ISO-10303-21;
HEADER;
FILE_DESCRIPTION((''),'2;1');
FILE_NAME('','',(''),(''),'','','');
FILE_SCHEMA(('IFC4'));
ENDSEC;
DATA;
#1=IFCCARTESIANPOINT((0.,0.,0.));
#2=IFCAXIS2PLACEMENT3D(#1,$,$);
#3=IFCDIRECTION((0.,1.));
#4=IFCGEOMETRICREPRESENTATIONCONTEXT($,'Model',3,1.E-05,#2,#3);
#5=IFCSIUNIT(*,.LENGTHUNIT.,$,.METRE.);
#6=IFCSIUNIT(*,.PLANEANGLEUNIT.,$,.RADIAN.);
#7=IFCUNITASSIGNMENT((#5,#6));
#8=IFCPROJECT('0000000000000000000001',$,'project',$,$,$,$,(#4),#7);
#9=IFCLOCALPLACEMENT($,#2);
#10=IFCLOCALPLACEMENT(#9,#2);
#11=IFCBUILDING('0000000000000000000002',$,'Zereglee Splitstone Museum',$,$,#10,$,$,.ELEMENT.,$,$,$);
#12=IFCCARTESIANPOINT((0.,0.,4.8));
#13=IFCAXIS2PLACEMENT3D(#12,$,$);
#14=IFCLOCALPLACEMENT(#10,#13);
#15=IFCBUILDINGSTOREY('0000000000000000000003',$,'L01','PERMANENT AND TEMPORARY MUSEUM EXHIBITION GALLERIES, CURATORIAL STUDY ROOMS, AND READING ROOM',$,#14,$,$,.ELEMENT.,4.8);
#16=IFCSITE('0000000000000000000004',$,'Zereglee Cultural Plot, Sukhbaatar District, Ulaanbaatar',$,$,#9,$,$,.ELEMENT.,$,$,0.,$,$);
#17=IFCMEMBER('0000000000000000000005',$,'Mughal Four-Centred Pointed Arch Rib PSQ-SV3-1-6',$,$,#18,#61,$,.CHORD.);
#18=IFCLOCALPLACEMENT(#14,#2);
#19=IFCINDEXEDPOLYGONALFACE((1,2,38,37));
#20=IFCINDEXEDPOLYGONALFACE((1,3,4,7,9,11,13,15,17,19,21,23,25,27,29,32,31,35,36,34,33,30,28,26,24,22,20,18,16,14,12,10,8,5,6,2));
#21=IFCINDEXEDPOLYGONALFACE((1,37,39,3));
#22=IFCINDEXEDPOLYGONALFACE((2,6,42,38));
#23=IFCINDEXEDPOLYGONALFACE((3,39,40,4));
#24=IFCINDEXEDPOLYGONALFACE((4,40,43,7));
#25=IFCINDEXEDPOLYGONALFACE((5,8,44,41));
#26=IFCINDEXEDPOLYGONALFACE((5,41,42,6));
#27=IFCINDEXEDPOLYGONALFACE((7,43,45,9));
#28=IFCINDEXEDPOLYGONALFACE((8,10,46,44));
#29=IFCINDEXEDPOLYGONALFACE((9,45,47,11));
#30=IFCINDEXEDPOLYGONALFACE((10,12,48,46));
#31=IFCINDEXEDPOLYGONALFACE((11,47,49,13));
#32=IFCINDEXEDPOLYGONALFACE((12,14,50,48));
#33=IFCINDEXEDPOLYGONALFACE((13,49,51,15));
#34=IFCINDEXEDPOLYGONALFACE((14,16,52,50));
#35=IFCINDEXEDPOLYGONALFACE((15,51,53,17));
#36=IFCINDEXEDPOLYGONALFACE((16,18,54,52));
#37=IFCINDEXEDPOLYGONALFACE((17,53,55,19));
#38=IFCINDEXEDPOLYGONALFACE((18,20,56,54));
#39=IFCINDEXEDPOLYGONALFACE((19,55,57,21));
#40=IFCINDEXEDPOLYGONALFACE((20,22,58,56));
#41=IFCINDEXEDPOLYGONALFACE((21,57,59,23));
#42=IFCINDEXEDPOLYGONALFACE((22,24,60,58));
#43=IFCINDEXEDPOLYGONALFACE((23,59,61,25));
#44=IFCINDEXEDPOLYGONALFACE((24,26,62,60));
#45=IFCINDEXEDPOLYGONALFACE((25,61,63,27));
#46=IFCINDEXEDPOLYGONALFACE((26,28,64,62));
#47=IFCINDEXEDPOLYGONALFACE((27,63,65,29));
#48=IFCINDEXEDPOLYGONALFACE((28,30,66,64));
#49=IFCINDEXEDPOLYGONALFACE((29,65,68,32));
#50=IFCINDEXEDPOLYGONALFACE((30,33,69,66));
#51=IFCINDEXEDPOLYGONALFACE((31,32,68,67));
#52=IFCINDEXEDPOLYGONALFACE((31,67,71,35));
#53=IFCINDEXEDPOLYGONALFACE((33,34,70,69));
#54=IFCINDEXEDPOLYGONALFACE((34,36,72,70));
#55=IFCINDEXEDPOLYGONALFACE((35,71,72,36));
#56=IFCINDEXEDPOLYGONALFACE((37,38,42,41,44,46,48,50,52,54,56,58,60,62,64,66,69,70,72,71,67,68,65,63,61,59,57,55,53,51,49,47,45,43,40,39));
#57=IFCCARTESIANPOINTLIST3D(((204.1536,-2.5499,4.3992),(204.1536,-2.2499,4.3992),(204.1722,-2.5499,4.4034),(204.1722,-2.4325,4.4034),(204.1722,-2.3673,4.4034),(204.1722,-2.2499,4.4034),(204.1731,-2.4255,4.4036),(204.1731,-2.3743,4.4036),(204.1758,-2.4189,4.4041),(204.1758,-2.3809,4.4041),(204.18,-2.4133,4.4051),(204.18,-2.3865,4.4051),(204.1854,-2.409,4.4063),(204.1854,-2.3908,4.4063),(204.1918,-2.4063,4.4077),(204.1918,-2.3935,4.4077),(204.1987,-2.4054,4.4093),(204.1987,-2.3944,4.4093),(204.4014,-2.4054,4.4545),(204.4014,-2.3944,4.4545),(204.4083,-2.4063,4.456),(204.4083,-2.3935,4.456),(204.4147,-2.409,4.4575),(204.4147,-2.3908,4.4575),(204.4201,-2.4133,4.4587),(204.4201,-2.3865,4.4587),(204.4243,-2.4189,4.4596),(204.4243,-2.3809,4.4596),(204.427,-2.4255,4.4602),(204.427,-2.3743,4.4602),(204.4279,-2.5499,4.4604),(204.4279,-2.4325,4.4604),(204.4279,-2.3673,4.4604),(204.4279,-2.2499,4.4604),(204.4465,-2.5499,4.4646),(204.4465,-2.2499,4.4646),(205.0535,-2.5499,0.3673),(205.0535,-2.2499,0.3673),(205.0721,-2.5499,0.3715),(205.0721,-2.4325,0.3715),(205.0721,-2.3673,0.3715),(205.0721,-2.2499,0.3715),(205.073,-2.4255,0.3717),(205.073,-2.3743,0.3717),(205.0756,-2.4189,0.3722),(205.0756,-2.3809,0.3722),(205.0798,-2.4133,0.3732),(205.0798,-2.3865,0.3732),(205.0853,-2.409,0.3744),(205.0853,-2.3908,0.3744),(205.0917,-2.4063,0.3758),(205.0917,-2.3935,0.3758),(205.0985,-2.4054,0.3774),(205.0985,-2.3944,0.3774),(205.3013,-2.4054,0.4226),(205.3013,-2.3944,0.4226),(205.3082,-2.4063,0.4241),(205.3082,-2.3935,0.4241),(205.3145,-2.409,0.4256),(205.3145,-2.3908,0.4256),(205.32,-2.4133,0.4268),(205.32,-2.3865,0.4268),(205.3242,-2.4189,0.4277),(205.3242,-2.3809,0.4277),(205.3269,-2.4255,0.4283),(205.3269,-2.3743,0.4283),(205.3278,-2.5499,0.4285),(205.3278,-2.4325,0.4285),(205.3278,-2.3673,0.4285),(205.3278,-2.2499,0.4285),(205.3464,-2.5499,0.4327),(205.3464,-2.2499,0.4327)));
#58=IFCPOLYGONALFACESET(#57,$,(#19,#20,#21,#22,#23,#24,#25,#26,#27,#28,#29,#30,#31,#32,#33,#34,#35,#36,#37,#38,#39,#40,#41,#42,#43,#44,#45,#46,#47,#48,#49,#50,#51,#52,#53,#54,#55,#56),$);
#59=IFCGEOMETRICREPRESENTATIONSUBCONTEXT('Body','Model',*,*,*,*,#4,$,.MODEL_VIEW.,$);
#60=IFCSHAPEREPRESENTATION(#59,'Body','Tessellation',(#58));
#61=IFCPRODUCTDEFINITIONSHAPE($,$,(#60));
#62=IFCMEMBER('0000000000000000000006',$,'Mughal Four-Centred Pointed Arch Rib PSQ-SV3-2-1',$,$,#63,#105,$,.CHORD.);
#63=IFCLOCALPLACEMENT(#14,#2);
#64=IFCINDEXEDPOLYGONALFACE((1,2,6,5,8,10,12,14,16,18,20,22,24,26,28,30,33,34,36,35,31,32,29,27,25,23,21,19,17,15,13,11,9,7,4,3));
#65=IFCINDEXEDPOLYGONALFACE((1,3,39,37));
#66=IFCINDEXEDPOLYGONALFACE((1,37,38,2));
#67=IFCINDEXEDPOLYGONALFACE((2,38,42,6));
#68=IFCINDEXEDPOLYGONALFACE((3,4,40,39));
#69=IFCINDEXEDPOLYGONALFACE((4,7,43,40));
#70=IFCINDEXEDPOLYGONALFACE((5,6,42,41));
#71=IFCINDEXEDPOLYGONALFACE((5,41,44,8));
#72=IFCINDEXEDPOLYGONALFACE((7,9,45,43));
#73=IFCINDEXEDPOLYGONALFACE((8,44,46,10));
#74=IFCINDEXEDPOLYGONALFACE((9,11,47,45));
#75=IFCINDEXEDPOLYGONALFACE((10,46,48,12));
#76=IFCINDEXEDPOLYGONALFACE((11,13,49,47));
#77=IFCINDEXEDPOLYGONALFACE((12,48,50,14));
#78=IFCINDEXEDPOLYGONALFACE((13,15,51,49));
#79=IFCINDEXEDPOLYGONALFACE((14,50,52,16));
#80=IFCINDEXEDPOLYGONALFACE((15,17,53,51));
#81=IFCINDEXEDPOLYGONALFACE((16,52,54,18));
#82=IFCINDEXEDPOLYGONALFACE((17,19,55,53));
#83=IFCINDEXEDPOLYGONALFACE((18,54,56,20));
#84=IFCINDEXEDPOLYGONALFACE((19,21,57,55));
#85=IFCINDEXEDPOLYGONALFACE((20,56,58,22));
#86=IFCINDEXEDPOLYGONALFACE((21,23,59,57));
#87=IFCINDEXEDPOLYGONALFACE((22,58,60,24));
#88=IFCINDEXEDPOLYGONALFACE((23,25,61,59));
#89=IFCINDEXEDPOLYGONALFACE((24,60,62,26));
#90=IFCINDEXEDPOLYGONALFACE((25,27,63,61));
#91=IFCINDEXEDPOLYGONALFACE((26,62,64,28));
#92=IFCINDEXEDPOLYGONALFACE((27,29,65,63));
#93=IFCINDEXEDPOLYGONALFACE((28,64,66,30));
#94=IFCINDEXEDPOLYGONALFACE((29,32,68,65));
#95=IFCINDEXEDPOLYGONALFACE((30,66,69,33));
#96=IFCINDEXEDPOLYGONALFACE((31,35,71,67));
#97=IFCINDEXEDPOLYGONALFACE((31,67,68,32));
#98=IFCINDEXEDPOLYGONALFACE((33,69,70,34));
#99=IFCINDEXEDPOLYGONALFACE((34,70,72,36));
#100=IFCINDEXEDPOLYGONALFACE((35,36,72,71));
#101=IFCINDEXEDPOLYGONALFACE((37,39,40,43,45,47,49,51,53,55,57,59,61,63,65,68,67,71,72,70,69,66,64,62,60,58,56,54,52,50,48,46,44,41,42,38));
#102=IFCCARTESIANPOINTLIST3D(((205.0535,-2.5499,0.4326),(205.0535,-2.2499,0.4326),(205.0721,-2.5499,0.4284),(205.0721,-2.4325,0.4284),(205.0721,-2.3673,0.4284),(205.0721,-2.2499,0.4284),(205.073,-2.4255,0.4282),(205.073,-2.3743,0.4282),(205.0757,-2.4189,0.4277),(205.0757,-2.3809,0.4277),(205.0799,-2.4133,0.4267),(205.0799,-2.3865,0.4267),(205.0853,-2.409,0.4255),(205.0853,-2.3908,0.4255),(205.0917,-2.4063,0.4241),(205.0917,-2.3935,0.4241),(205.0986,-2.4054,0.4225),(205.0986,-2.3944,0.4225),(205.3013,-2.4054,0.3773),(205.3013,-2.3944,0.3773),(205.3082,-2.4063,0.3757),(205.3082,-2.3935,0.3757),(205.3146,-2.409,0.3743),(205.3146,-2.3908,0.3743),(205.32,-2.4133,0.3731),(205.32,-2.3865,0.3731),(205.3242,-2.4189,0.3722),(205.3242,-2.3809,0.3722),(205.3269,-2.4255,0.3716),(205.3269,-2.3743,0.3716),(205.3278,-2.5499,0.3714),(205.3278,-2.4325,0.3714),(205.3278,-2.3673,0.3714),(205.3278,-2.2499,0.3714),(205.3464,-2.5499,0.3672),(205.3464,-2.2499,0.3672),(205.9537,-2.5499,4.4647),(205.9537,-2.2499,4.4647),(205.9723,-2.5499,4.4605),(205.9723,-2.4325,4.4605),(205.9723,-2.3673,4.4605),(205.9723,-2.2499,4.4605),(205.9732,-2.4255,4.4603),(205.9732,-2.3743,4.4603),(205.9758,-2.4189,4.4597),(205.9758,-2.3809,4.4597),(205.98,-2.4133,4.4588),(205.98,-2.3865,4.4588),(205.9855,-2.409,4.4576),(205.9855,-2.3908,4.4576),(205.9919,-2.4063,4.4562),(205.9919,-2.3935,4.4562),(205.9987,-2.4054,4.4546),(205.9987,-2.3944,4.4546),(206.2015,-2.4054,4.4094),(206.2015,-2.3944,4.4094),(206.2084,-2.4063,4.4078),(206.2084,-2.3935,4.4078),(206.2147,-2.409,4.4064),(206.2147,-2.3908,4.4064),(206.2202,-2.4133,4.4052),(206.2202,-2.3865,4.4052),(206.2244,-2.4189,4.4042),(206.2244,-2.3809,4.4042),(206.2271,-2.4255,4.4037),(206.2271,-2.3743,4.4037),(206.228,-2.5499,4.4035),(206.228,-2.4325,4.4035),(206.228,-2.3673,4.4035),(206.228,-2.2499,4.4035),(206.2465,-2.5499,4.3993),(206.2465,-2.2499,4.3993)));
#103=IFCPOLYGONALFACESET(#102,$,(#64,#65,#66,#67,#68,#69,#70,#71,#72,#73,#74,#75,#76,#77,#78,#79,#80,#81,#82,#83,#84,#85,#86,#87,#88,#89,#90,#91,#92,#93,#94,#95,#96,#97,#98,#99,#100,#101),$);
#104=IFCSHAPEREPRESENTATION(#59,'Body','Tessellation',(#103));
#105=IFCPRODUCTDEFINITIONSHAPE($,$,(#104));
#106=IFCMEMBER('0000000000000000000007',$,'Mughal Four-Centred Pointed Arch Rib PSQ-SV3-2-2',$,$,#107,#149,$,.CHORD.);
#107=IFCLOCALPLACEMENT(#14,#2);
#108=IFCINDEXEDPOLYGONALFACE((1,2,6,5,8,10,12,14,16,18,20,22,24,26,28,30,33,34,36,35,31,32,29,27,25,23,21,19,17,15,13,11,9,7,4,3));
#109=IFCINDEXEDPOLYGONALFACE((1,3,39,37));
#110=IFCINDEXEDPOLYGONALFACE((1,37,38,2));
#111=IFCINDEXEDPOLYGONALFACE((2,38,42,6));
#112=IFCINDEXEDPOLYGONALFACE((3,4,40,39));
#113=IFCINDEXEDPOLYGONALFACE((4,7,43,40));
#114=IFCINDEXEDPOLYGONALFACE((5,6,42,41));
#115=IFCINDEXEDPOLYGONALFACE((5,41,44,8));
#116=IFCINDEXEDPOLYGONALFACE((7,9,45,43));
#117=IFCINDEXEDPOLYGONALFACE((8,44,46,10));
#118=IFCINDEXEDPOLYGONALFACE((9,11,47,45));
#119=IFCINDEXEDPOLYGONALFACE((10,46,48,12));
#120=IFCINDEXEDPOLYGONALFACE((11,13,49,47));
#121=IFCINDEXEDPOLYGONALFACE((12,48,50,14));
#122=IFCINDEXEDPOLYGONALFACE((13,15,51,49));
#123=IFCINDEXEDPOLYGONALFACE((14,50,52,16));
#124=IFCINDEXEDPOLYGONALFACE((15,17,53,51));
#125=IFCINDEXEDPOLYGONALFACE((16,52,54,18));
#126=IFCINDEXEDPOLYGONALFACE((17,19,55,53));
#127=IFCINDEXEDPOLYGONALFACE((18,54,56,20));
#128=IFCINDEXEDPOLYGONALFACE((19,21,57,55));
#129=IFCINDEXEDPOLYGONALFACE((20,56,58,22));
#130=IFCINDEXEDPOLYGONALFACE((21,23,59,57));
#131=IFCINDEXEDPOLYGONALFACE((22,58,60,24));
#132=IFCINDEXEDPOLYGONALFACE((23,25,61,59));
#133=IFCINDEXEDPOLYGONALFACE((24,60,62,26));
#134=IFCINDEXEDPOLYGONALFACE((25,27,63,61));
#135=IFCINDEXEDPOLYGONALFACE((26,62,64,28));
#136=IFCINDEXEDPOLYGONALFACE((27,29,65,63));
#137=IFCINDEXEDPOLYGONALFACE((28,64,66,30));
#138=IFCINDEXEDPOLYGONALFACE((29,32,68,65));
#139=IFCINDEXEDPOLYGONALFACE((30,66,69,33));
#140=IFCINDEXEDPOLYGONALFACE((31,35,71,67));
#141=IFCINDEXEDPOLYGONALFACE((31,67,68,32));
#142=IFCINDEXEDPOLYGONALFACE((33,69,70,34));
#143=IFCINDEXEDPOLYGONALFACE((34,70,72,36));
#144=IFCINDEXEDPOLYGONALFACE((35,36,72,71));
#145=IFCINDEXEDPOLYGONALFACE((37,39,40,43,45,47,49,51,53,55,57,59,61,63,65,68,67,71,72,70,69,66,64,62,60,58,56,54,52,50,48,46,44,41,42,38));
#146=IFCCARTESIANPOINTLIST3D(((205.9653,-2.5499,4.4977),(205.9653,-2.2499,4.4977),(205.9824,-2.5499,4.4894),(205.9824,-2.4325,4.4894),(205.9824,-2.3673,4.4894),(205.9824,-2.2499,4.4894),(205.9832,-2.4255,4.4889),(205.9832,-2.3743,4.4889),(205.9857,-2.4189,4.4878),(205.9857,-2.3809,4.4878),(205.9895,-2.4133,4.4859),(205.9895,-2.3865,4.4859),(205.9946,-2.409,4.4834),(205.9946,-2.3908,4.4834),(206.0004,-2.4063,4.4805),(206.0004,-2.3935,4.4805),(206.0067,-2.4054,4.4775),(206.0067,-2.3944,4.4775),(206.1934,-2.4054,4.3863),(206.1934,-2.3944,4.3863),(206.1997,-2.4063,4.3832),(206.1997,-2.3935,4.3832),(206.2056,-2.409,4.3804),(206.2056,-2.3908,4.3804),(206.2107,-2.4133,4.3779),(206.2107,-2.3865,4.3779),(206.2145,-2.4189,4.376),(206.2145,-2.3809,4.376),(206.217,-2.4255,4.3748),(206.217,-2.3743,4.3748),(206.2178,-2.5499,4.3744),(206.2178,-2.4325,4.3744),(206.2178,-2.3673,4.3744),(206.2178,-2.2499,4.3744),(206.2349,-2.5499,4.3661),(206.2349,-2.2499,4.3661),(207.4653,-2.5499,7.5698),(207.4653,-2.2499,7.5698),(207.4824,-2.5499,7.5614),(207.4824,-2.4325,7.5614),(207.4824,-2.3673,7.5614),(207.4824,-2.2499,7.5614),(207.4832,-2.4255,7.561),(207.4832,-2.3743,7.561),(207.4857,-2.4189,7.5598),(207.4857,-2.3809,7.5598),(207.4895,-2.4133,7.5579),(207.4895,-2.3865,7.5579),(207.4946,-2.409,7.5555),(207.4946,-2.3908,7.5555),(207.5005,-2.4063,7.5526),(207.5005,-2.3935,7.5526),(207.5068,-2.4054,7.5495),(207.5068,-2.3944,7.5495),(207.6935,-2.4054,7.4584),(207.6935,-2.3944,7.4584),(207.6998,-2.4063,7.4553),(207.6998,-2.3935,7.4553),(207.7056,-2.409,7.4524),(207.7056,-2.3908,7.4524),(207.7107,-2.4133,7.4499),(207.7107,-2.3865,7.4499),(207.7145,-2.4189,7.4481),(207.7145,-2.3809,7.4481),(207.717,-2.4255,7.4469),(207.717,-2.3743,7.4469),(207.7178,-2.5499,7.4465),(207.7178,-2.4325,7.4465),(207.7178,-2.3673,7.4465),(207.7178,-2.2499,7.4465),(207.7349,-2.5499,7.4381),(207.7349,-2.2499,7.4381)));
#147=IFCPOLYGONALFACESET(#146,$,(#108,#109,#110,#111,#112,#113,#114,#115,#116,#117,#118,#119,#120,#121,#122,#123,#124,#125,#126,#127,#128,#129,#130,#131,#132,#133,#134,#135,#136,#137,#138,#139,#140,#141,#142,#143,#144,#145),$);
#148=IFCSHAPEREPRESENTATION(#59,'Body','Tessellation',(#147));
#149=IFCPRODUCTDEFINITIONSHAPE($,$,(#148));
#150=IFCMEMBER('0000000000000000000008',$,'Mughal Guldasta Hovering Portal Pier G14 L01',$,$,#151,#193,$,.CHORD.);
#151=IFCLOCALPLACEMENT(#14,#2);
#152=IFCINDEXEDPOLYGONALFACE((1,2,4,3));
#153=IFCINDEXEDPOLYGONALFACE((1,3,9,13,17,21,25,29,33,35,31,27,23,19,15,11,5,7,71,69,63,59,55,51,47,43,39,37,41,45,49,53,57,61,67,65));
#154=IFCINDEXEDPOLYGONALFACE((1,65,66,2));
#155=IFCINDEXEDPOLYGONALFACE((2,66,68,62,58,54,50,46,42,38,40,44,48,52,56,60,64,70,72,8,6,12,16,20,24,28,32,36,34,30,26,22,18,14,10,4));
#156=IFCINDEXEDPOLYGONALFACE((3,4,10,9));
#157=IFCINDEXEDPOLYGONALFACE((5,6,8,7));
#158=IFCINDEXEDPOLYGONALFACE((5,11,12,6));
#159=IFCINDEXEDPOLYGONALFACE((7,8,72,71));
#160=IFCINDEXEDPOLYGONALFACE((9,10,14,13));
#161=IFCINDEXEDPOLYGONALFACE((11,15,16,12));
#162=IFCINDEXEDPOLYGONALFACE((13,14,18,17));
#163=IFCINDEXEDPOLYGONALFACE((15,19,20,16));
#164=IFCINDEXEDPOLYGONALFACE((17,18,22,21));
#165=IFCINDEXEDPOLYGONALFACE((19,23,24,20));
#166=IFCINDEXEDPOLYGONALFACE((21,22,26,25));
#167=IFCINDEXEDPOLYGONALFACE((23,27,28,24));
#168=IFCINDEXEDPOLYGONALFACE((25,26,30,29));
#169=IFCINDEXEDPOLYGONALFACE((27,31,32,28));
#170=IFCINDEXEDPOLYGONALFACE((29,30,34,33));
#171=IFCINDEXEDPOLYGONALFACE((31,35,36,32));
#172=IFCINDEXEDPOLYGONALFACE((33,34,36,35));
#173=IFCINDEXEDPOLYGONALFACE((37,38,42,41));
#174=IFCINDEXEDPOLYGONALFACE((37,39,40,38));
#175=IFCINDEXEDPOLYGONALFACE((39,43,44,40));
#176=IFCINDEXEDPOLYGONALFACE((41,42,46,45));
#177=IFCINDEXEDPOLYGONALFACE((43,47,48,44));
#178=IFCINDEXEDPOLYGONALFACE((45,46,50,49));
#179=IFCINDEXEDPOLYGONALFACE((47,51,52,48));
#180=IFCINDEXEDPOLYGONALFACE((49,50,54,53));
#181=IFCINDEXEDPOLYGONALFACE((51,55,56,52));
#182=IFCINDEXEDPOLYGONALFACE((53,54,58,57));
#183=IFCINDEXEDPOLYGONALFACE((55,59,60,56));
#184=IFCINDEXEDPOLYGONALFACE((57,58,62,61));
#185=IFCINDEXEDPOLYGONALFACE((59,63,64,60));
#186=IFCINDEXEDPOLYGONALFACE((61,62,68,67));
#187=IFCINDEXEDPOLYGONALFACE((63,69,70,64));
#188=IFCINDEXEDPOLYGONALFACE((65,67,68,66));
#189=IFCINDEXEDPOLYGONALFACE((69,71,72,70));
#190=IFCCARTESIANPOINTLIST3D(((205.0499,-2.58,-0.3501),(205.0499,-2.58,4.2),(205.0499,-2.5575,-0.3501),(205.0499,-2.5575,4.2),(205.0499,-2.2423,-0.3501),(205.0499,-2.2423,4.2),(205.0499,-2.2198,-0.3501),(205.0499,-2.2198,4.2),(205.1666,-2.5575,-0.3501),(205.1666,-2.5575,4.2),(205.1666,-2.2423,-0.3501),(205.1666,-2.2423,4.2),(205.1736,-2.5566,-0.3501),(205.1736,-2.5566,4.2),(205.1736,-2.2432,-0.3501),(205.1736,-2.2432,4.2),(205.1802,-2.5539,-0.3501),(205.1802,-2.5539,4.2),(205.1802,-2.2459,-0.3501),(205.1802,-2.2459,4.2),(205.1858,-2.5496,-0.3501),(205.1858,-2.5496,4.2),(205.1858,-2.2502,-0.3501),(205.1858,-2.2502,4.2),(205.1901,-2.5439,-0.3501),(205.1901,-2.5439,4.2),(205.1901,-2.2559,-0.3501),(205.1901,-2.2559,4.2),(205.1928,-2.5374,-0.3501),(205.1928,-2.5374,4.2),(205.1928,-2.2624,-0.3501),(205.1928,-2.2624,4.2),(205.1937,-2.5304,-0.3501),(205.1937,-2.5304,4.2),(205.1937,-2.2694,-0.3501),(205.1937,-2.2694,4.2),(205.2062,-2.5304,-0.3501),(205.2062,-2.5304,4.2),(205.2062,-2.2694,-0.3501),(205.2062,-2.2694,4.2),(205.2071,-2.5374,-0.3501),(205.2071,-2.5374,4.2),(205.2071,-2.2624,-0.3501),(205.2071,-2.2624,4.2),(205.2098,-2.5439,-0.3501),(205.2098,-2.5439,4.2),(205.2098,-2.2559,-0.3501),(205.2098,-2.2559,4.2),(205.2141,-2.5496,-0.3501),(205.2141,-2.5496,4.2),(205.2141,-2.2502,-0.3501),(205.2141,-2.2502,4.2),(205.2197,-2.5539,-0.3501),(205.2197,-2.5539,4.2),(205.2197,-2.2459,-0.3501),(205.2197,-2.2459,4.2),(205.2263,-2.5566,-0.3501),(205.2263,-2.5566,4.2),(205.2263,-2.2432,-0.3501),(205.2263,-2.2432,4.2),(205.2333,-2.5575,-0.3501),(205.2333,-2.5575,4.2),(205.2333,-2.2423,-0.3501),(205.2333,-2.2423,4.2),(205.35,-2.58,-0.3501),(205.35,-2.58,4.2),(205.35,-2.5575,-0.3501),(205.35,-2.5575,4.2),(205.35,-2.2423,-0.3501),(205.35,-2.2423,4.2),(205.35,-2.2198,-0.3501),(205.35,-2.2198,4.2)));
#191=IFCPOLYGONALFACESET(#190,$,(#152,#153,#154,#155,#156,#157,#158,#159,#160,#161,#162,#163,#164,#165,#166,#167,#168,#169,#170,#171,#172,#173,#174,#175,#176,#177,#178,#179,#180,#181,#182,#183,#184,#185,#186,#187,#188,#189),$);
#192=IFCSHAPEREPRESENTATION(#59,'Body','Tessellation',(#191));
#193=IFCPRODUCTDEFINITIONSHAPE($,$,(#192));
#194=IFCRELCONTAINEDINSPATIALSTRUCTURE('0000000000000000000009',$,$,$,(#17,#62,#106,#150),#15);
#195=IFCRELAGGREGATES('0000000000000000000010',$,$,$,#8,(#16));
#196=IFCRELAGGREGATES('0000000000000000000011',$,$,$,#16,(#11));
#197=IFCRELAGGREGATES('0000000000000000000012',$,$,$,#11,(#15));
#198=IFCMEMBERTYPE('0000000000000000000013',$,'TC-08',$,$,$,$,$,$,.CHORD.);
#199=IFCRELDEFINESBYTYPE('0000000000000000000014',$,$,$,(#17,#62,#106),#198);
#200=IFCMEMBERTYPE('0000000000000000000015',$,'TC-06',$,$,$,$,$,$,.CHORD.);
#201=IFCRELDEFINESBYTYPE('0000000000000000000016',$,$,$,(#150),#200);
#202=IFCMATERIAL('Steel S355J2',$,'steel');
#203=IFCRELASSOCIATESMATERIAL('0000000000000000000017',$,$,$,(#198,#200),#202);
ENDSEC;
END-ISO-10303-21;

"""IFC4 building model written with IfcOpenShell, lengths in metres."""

from ifc_helpers import new_model, si_unit, direction, frame, origin, origin_2d, place, context, subcontext, project, spatial, i_section, extrude, material, material_profile, profile_set, type_object, element, save


model = new_model("IFC4")

# Units and contexts
model_context = context("Model", 3, precision=1e-05, world=origin(), true_north=direction((0.0, 1.0)))
body_context = subcontext(model_context, "Body", "Model", "MODEL_VIEW")
ifc_project = project(units=[si_unit("LENGTHUNIT", "METRE"), si_unit("PLANEANGLEUNIT", "RADIAN")], contexts=[model_context])

# Site, building, storey
site_placement = place(None, origin())
site = spatial("IfcSite", under=ifc_project, at=site_placement, Name="Zereglee Cultural Plot, Sukhbaatar District, Ulaanbaatar", CompositionType="ELEMENT", RefElevation=0.0)
building_placement = place(site_placement, origin())
building = spatial("IfcBuilding", under=site, at=building_placement, Name="Zereglee Splitstone Museum", CompositionType="ELEMENT")
storey_placement = place(building_placement, frame((0.0, 0.0, 4.8)))
storey = spatial("IfcBuildingStorey", under=building, at=storey_placement, Name="L01", Description="PERMANENT AND TEMPORARY MUSEUM EXHIBITION GALLERIES, CURATORIAL STUDY ROOMS, AND READING ROOM", CompositionType="ELEMENT", Elevation=4.8)

# Members
ifc_material_1 = material(Name="Steel S355J2", Category="steel")
ifc_material_profile_1 = material_profile(ifc_material_1, i_section(OverallWidth=0.3, OverallDepth=0.3, WebThickness=0.011, FlangeThickness=0.019, FilletRadius=0.0271, at=origin_2d()), Name="HE 300 B")
ifc_profile_set_1 = profile_set([ifc_material_profile_1], Name="Steel S355J2")
member_type_1 = type_object("IfcMemberType", Name="TC-08", PredefinedType="CHORD", material=ifc_profile_set_1)
member_1_placement = place(storey_placement, frame((204.3, -2.3999, 4.4319), z_axis=(0.217831, 0.0, -0.975986), x_axis=(0.0, 1.0, 0.0)))
element("IfcMember", 1, at=member_1_placement, inside=storey, type_object=member_type_1, Name="Mughal Four-Centred Pointed Arch Rib PSQ-SV3-1-6", PredefinedType="CHORD", context=body_context, shape_type="SweptSolid", body=[
    extrude(i_section(OverallWidth=0.3, OverallDepth=0.3, WebThickness=0.011, FlangeThickness=0.019, FilletRadius=0.0271, at=origin_2d()), origin(), (0.0, 0.0, 1.0), 4.1311),
])
member_2_placement = place(storey_placement, frame((205.2, -2.3999, 0.3999), z_axis=(0.217888, 0.0, 0.975974), x_axis=(0.0, 1.0, 0.0)))
element("IfcMember", 2, at=member_2_placement, inside=storey, type_object=member_type_1, Name="Mughal Four-Centred Pointed Arch Rib PSQ-SV3-2-1", PredefinedType="CHORD", context=body_context, shape_type="SweptSolid", body=[
    extrude(i_section(OverallWidth=0.3, OverallDepth=0.3, WebThickness=0.011, FlangeThickness=0.019, FilletRadius=0.0271, at=origin_2d()), origin(), (0.0, 0.0, 1.0), 4.1313),
])
member_3_placement = place(storey_placement, frame((206.1001, -2.3999, 4.4319), z_axis=(0.438767, 0.0, 0.898601), x_axis=(0.0, 1.0, 0.0)))
element("IfcMember", 3, at=member_3_placement, inside=storey, type_object=member_type_1, Name="Mughal Four-Centred Pointed Arch Rib PSQ-SV3-2-2", PredefinedType="CHORD", context=body_context, shape_type="SweptSolid", body=[
    extrude(i_section(OverallWidth=0.3, OverallDepth=0.3, WebThickness=0.011, FlangeThickness=0.019, FilletRadius=0.0271, at=origin_2d()), origin(), (0.0, 0.0, 1.0), 3.4187),
])
ifc_material_profile_2 = material_profile(ifc_material_1, i_section(OverallWidth=0.3, OverallDepth=0.3601, WebThickness=0.0125, FlangeThickness=0.0225, FilletRadius=0.0271, at=origin_2d()), Name="HE 360 B")
ifc_profile_set_2 = profile_set([ifc_material_profile_2], Name="Steel S355J2")
member_type_2 = type_object("IfcMemberType", Name="TC-06", PredefinedType="CHORD", material=ifc_profile_set_2)
member_4_placement = place(storey_placement, frame((205.2, -2.3999, -0.3501), z_axis=(0.0, 0.0, 1.0), x_axis=(1.0, 0.0, 0.0)))
element("IfcMember", 4, at=member_4_placement, inside=storey, type_object=member_type_2, Name="Mughal Guldasta Hovering Portal Pier G14 L01", PredefinedType="CHORD", context=body_context, shape_type="SweptSolid", body=[
    extrude(i_section(OverallWidth=0.3, OverallDepth=0.3601, WebThickness=0.0125, FlangeThickness=0.0225, FilletRadius=0.0271, at=origin_2d()), origin(), (0.0, 0.0, 1.0), 4.55),
])

save(model, "model.ifc")
